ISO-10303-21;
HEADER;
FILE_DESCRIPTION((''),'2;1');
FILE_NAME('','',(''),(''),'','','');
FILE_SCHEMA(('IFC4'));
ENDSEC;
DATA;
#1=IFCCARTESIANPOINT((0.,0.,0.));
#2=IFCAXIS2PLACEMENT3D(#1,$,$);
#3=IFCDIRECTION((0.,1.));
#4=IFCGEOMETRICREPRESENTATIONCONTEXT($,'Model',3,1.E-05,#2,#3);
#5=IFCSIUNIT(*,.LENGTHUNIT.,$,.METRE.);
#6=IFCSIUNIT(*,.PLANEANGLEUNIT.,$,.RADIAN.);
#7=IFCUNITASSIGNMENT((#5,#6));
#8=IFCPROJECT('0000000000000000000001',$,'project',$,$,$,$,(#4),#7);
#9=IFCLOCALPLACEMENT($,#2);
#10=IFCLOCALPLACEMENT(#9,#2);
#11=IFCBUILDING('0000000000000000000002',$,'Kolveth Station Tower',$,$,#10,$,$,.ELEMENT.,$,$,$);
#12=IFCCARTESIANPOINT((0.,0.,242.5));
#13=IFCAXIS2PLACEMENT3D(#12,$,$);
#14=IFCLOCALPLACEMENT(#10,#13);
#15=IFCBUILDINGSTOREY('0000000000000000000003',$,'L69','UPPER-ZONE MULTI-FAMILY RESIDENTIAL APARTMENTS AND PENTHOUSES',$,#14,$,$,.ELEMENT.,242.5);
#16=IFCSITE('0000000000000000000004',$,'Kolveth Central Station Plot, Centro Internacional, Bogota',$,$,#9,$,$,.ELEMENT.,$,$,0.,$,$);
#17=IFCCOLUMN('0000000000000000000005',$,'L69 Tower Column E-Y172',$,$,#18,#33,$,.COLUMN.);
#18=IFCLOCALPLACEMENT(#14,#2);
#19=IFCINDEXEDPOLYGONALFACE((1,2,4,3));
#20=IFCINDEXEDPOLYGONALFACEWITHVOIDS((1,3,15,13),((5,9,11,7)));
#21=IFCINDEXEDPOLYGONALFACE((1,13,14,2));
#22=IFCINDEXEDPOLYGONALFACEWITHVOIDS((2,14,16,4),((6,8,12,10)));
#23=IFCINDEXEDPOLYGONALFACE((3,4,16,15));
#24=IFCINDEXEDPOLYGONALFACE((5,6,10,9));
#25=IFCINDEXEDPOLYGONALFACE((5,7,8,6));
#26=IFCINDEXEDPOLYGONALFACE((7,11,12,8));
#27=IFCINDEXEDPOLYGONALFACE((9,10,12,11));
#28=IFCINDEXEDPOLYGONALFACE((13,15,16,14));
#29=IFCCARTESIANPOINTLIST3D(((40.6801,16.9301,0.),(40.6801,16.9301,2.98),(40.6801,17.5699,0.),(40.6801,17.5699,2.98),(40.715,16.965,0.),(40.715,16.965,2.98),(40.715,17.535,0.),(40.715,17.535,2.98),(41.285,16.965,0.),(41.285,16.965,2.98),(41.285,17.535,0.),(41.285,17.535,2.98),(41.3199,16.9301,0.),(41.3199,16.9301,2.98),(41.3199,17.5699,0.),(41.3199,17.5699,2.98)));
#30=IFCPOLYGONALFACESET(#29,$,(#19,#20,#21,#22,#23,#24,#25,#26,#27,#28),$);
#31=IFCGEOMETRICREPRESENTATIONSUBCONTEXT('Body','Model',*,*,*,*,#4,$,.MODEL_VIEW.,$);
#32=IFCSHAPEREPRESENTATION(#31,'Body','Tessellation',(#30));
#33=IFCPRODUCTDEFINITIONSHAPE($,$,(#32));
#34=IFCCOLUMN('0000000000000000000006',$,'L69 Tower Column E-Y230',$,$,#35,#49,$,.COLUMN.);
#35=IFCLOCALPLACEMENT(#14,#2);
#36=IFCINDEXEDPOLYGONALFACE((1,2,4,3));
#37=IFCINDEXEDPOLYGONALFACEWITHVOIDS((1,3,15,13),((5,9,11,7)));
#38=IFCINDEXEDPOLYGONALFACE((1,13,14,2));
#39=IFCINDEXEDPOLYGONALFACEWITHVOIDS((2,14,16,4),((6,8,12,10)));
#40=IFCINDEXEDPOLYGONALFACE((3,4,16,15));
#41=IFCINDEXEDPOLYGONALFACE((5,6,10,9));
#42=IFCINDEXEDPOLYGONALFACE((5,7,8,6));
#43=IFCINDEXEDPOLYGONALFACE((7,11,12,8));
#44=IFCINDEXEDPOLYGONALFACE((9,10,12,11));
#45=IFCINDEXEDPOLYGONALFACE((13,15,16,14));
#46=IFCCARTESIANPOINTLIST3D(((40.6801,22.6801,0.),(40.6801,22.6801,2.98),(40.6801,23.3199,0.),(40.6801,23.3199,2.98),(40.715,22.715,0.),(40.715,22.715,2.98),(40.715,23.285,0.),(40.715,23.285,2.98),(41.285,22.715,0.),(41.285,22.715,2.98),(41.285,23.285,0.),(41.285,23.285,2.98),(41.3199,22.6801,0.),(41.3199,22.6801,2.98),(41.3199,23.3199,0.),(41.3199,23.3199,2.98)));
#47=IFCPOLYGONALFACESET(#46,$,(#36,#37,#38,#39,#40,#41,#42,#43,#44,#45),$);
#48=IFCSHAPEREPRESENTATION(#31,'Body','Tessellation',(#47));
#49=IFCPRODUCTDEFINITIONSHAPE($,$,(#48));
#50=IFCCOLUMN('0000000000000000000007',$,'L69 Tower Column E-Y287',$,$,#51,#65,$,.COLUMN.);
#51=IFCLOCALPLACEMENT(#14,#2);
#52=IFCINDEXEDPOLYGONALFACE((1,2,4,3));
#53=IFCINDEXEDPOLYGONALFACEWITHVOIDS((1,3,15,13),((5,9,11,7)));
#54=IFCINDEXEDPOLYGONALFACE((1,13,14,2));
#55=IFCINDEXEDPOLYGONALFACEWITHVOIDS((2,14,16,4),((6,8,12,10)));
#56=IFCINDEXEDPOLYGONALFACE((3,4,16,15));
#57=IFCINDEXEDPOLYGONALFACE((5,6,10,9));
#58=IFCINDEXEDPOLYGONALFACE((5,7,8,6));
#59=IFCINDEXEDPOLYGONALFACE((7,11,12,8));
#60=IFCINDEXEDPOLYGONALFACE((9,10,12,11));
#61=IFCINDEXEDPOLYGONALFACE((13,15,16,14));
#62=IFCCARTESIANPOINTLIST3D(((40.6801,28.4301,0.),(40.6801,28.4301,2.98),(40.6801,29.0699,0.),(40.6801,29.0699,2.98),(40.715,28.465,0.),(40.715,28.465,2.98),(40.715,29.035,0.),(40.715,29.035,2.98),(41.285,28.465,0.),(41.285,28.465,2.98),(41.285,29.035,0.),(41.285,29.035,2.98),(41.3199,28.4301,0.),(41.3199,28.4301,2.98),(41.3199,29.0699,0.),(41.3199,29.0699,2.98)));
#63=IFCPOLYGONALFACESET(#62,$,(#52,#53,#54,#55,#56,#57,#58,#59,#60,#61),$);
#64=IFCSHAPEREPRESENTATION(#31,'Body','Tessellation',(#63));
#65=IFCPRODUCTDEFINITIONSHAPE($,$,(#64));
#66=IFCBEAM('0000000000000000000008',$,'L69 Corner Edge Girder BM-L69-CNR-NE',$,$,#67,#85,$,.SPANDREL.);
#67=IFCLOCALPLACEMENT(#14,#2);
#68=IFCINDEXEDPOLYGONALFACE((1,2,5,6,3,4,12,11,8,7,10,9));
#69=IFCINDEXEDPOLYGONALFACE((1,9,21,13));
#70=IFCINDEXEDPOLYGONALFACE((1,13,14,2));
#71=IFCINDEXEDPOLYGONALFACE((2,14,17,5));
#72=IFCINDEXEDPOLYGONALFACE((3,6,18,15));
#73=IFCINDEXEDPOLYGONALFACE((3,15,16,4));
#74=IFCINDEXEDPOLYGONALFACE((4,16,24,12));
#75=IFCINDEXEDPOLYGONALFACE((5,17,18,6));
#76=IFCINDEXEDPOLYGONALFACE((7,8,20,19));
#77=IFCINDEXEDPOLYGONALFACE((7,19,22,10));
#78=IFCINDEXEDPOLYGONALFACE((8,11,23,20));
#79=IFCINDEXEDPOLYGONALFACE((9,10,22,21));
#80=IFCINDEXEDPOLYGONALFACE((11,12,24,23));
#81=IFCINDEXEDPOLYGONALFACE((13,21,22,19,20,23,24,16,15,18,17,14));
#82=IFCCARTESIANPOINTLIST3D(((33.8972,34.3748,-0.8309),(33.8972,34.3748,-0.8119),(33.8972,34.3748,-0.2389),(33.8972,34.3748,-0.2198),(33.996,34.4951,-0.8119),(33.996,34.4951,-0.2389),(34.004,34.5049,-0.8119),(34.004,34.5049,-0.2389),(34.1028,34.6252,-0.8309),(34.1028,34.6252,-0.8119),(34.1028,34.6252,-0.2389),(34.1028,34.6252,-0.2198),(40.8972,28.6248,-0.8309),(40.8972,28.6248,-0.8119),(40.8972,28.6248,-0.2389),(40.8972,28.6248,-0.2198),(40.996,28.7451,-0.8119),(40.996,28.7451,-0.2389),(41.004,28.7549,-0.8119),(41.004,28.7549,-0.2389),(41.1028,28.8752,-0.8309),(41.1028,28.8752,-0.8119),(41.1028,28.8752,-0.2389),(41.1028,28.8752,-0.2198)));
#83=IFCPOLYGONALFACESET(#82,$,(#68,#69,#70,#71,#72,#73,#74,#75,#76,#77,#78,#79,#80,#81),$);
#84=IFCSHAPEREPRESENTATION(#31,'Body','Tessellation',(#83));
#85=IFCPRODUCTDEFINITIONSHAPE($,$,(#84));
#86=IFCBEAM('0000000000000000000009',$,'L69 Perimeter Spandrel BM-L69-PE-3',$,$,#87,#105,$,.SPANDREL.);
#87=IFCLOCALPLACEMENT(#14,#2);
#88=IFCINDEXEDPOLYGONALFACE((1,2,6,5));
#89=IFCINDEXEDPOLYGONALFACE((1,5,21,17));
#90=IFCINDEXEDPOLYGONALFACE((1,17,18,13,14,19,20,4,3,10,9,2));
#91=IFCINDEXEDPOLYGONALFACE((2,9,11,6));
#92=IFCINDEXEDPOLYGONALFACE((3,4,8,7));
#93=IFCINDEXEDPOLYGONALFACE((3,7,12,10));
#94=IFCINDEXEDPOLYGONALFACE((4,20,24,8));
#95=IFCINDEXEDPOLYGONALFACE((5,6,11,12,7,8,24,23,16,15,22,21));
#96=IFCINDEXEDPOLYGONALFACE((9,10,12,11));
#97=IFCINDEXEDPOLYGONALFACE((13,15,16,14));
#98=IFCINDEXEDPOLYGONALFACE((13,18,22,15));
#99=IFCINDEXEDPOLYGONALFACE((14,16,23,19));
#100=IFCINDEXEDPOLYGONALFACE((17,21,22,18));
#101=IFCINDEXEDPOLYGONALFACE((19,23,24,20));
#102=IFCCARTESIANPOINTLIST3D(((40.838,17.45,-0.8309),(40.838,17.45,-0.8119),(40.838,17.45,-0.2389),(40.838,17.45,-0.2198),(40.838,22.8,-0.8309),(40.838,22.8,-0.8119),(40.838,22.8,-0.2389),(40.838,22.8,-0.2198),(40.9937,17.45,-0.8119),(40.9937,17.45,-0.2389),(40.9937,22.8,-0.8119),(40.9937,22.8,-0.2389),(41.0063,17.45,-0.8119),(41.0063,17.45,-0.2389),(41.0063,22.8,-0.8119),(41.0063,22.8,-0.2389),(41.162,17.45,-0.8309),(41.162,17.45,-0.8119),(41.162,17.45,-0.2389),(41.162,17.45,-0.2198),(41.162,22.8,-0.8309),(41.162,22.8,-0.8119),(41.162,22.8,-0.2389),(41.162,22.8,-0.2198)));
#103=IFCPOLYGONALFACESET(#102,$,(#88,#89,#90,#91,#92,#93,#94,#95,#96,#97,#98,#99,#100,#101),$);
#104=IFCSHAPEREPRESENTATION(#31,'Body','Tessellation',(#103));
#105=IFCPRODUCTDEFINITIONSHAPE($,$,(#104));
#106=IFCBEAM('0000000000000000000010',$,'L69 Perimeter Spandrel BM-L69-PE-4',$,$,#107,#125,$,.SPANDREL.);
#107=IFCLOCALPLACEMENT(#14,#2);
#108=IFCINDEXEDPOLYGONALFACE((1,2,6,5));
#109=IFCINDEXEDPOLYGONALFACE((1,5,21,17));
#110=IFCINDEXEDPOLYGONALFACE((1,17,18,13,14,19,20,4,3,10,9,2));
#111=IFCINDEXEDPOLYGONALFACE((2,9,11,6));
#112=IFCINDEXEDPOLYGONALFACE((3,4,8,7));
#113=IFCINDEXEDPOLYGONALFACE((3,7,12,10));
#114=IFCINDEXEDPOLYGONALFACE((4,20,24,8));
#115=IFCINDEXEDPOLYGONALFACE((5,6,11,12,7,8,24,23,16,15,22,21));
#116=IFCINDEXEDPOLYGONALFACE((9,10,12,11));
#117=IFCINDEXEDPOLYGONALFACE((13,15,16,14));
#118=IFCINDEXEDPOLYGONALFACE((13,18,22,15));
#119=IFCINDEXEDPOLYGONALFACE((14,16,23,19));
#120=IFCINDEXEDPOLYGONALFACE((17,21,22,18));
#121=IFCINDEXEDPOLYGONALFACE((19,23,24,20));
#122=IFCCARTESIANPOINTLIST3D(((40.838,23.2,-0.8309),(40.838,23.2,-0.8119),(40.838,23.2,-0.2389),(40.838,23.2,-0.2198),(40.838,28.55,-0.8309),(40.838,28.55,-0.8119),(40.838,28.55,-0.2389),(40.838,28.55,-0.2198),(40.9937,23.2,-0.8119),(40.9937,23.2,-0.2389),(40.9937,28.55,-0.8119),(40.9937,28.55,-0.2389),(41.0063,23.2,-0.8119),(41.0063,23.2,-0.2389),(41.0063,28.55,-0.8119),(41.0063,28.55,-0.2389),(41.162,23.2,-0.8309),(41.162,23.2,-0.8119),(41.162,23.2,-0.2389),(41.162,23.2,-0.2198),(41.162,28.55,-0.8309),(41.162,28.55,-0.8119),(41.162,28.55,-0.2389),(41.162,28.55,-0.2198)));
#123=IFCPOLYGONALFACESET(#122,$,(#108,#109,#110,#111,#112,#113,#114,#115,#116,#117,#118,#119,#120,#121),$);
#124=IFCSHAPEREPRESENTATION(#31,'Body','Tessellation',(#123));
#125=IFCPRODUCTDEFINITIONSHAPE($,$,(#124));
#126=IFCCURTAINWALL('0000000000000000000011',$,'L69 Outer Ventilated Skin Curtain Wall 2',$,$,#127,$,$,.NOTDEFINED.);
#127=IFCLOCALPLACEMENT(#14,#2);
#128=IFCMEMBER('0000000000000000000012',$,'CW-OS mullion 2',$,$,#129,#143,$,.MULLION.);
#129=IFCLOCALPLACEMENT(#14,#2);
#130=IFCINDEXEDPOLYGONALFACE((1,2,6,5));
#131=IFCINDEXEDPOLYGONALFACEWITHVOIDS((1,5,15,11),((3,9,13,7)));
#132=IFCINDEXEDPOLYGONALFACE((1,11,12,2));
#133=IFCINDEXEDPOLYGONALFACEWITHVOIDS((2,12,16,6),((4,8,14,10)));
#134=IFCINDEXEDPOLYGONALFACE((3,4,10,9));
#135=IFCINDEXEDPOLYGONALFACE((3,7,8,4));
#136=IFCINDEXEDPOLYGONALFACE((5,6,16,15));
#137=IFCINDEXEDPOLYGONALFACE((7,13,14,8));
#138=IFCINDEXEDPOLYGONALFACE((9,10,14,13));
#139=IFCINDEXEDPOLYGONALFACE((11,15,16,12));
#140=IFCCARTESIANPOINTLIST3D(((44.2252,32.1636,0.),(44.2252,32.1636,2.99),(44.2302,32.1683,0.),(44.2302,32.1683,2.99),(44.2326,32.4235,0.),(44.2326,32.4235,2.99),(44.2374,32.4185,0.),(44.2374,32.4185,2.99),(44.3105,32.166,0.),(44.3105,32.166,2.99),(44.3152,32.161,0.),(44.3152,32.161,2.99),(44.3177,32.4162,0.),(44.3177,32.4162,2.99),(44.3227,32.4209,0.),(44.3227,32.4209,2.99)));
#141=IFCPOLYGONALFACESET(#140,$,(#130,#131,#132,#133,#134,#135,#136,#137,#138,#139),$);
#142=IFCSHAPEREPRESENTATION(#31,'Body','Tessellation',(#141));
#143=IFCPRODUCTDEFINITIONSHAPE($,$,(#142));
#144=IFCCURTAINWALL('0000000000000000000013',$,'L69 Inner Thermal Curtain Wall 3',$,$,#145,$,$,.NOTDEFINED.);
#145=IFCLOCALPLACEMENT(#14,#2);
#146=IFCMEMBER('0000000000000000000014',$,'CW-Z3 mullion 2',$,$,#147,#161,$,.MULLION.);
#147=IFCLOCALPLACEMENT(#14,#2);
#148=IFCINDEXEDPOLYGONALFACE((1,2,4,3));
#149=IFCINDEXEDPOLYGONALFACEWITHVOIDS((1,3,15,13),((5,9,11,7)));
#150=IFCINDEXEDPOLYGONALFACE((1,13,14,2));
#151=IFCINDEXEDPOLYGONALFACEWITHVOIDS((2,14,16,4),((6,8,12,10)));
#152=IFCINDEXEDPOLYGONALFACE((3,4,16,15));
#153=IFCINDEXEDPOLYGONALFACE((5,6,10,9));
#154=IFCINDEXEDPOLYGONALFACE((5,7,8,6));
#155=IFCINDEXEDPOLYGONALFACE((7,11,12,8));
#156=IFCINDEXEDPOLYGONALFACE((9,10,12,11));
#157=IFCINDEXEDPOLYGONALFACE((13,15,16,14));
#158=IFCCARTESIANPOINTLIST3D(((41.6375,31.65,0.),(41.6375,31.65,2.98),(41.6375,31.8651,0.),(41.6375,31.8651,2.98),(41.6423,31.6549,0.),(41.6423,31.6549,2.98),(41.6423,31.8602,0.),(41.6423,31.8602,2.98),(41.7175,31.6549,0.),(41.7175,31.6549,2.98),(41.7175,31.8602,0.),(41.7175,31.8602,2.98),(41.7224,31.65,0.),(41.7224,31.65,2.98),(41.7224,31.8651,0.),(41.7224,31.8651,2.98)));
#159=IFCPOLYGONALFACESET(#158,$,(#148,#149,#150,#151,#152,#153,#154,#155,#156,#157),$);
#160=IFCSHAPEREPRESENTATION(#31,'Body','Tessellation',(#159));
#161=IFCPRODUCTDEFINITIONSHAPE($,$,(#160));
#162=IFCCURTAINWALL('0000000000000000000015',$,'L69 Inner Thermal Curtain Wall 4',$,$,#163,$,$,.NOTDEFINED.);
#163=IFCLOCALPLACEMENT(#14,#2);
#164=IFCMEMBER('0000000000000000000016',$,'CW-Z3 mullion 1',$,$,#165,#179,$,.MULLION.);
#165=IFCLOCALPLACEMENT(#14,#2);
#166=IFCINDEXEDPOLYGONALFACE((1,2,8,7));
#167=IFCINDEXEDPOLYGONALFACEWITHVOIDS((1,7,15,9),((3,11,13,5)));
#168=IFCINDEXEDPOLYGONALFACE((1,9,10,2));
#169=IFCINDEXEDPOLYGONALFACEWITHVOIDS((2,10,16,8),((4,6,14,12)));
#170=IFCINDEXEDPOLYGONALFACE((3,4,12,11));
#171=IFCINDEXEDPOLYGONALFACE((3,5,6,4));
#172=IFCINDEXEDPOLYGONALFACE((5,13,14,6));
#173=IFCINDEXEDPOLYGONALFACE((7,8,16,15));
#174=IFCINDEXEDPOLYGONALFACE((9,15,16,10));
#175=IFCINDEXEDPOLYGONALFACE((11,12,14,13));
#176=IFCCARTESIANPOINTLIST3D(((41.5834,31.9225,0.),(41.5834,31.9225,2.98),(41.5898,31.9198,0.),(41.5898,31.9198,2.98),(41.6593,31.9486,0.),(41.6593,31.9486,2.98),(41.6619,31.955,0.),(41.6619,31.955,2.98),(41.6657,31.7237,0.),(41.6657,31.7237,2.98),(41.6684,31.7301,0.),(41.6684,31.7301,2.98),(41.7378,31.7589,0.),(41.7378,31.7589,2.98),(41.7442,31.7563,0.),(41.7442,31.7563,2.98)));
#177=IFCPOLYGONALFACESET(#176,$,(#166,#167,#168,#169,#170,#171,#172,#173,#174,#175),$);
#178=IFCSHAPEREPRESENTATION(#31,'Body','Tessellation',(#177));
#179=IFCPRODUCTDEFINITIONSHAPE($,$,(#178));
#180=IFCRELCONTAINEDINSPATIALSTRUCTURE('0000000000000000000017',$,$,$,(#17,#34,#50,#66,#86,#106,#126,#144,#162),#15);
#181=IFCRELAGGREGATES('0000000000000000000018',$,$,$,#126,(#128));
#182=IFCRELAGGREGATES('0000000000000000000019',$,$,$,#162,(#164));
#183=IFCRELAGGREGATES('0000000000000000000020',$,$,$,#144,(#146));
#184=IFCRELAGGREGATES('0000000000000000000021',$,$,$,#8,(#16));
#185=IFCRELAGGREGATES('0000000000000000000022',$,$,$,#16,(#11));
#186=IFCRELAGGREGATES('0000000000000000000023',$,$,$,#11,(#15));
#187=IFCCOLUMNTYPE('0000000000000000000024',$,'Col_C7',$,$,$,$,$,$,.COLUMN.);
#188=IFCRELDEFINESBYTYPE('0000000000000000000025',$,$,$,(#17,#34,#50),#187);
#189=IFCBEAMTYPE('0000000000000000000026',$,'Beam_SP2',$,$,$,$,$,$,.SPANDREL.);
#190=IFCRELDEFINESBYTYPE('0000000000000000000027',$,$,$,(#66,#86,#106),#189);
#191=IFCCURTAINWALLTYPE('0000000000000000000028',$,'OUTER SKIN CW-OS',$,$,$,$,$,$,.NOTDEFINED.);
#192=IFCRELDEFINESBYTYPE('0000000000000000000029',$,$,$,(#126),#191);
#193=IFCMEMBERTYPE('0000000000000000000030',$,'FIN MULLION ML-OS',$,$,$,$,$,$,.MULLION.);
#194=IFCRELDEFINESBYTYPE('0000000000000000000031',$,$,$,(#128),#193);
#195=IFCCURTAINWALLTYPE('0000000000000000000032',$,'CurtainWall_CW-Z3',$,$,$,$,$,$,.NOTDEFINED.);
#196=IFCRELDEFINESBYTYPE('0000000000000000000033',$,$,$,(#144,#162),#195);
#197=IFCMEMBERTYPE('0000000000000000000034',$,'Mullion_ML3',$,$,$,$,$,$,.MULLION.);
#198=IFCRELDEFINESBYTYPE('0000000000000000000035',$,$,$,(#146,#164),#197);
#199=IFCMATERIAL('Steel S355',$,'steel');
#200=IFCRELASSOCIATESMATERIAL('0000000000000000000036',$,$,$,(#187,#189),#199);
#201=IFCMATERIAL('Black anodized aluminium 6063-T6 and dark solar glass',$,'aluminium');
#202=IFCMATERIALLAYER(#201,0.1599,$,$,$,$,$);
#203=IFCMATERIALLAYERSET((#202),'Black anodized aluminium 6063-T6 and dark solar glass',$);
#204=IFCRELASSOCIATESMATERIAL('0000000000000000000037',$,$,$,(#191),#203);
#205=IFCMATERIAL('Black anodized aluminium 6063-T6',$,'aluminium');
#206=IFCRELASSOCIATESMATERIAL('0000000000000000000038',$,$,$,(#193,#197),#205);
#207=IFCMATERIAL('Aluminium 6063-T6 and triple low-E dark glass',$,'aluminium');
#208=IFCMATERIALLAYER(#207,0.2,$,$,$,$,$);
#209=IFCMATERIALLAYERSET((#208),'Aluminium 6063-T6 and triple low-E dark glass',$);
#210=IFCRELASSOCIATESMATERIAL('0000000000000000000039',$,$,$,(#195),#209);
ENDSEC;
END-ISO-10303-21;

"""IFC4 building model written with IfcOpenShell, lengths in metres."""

from ifc_helpers import new_model, si_unit, direction, frame, origin, origin_2d, place, context, subcontext, project, spatial, hollow_rectangle, i_section, extrude, source, transform, mapped, material, layer, layer_set, material_profile, profile_set, type_object, element, aggregate, save


model = new_model("IFC4")

# Units and contexts
model_context = context("Model", 3, precision=1e-05, world=origin(), true_north=direction((0.0, 1.0)))
body_context = subcontext(model_context, "Body", "Model", "MODEL_VIEW")
ifc_project = project(units=[si_unit("LENGTHUNIT", "METRE"), si_unit("PLANEANGLEUNIT", "RADIAN")], contexts=[model_context])

# Site, building, storey
site_placement = place(None, origin())
site = spatial("IfcSite", under=ifc_project, at=site_placement, Name="Kolveth Central Station Plot, Centro Internacional, Bogota", CompositionType="ELEMENT", RefElevation=0.0)
building_placement = place(site_placement, origin())
building = spatial("IfcBuilding", under=site, at=building_placement, Name="Kolveth Station Tower", CompositionType="ELEMENT")
storey_placement = place(building_placement, frame((0.0, 0.0, 242.5)))
storey = spatial("IfcBuildingStorey", under=building, at=storey_placement, Name="L69", Description="UPPER-ZONE MULTI-FAMILY RESIDENTIAL APARTMENTS AND PENTHOUSES", CompositionType="ELEMENT", Elevation=242.5)

# Columns
ifc_material_1 = material(Name="Steel S355", Category="steel")
ifc_material_profile_1 = material_profile(ifc_material_1, hollow_rectangle(XDim=0.6399, YDim=0.6399, WallThickness=0.0349, at=origin_2d()), Name="BOX640x640x35")
ifc_profile_set_1 = profile_set([ifc_material_profile_1], Name="Steel S355")
column_type = type_object("IfcColumnType", Name="Col_C7", PredefinedType="COLUMN", material=ifc_profile_set_1)
shared_shape_1 = source(origin(), body_context, "Body", "SweptSolid", [
    extrude(hollow_rectangle(XDim=0.6399, YDim=0.6399, WallThickness=0.0349, at=origin_2d()), origin(), (0.0, 0.0, 1.0), 2.98),
])
for number, where, z_axis, x_axis, name in (
    (1, (41.0, 17.25, 0.0), (0.0, 0.0, 1.0), (1.0, 0.0, 0.0), "L69 Tower Column E-Y172"),
    (2, (41.0, 23.0, 0.0), (0.0, 0.0, 1.0), (1.0, 0.0, 0.0), "L69 Tower Column E-Y230"),
    (3, (41.0, 28.75, 0.0), (0.0, 0.0, 1.0), (1.0, 0.0, 0.0), "L69 Tower Column E-Y287"),
):
    element("IfcColumn", number, at=place(storey_placement, frame(where, z_axis=z_axis, x_axis=x_axis)), inside=storey, type_object=column_type, Name=name, PredefinedType="COLUMN", context=body_context, shape_type="MappedRepresentation", body=[
        mapped(shared_shape_1, transform((0.0, 0.0, 0.0), x_axis=(1.0, 0.0, 0.0), y_axis=(0.0, 1.0, 0.0), z_axis=(0.0, 0.0, 1.0), scale=1.0)),
    ])

# Beams
ifc_material_profile_2 = material_profile(ifc_material_1, i_section(OverallWidth=0.324, OverallDepth=0.6111, WebThickness=0.0127, FlangeThickness=0.019, at=origin_2d()), Name="W610x155")
ifc_profile_set_2 = profile_set([ifc_material_profile_2], Name="Steel S355")
beam_type = type_object("IfcBeamType", Name="Beam_SP2", PredefinedType="SPANDREL", material=ifc_profile_set_2)
shared_shape_2 = source(origin(), body_context, "Body", "SweptSolid", [
    extrude(i_section(OverallWidth=0.324, OverallDepth=0.6111, WebThickness=0.0127, FlangeThickness=0.019, at=origin_2d()), origin(), (0.0, 0.0, 1.0), 9.0588),
])
beam_placement = place(storey_placement, frame((41.0, 28.75, -0.5254), z_axis=(-0.772726, 0.634739, 0.0), x_axis=(-0.634739, -0.772726, 0.0)))
element("IfcBeam", 4, at=beam_placement, inside=storey, type_object=beam_type, Name="L69 Corner Edge Girder BM-L69-CNR-NE", PredefinedType="SPANDREL", context=body_context, shape_type="MappedRepresentation", body=[
    mapped(shared_shape_2, transform((0.0, 0.0, 0.0), x_axis=(1.0, 0.0, 0.0), y_axis=(0.0, 1.0, 0.0), z_axis=(0.0, 0.0, 1.0), scale=1.0)),
])
shared_shape_3 = source(origin(), body_context, "Body", "SweptSolid", [
    extrude(i_section(OverallWidth=0.324, OverallDepth=0.6111, WebThickness=0.0127, FlangeThickness=0.019, at=origin_2d()), origin(), (0.0, 0.0, 1.0), 5.3501),
])
for number, where, z_axis, x_axis, name in (
    (5, (41.0, 17.45, -0.5254), (0.0, 1.0, 0.0), (-1.0, 0.0, 0.0), "L69 Perimeter Spandrel BM-L69-PE-3"),
    (6, (41.0, 23.2, -0.5254), (0.0, 1.0, 0.0), (-1.0, 0.0, 0.0), "L69 Perimeter Spandrel BM-L69-PE-4"),
):
    element("IfcBeam", number, at=place(storey_placement, frame(where, z_axis=z_axis, x_axis=x_axis)), inside=storey, type_object=beam_type, Name=name, PredefinedType="SPANDREL", context=body_context, shape_type="MappedRepresentation", body=[
        mapped(shared_shape_3, transform((0.0, 0.0, 0.0), x_axis=(1.0, 0.0, 0.0), y_axis=(0.0, 1.0, 0.0), z_axis=(0.0, 0.0, 1.0), scale=1.0)),
    ])

# Curtain walls, members
ifc_material_2 = material(Name="Black anodized aluminium 6063-T6 and dark solar glass", Category="aluminium")
ifc_layer_1 = layer(ifc_material_2, 0.1599)
ifc_layer_set_1 = layer_set([ifc_layer_1], Name="Black anodized aluminium 6063-T6 and dark solar glass")
curtain_wall_type_1 = type_object("IfcCurtainWallType", Name="OUTER SKIN CW-OS", PredefinedType="NOTDEFINED", material=ifc_layer_set_1)
curtain_wall_1_placement = place(storey_placement, origin())
curtain_wall_1 = element("IfcCurtainWall", 7, at=curtain_wall_1_placement, inside=storey, type_object=curtain_wall_type_1, Name="L69 Outer Ventilated Skin Curtain Wall 2", PredefinedType="NOTDEFINED")
ifc_material_3 = material(Name="Black anodized aluminium 6063-T6", Category="aluminium")
ifc_material_profile_3 = material_profile(ifc_material_3, hollow_rectangle(XDim=0.0901, YDim=0.26, WallThickness=0.0049, at=origin_2d()), Name="ALU-90x260x5")
ifc_profile_set_3 = profile_set([ifc_material_profile_3], Name="Black anodized aluminium 6063-T6")
member_type_1 = type_object("IfcMemberType", Name="FIN MULLION ML-OS", PredefinedType="MULLION", material=ifc_profile_set_3)
shared_shape_4 = source(origin(), body_context, "Body", "SweptSolid", [
    extrude(hollow_rectangle(XDim=0.0901, YDim=0.26, WallThickness=0.0049, at=origin_2d()), origin(), (0.0, 0.0, 1.0), 2.99),
])
member_1_placement = place(storey_placement, frame((44.2739, 32.2922, 0.0), z_axis=(0.0, 0.0, 1.0), x_axis=(-0.999586, 0.028778, 0.0)))
member_1 = element("IfcMember", 8, at=member_1_placement, type_object=member_type_1, Name="CW-OS mullion 2", PredefinedType="MULLION", context=body_context, shape_type="MappedRepresentation", body=[
    mapped(shared_shape_4, transform((0.0, 0.0, 0.0), x_axis=(1.0, 0.0, 0.0), y_axis=(0.0, 1.0, 0.0), z_axis=(0.0, 0.0, 1.0), scale=1.0)),
])
aggregate(curtain_wall_1, [member_1])
ifc_material_4 = material(Name="Aluminium 6063-T6 and triple low-E dark glass", Category="aluminium")
ifc_layer_2 = layer(ifc_material_4, 0.2)
ifc_layer_set_2 = layer_set([ifc_layer_2], Name="Aluminium 6063-T6 and triple low-E dark glass")
curtain_wall_type_2 = type_object("IfcCurtainWallType", Name="CurtainWall_CW-Z3", PredefinedType="NOTDEFINED", material=ifc_layer_set_2)
curtain_wall_2_placement = place(storey_placement, origin())
curtain_wall_2 = element("IfcCurtainWall", 9, at=curtain_wall_2_placement, inside=storey, type_object=curtain_wall_type_2, Name="L69 Inner Thermal Curtain Wall 3", PredefinedType="NOTDEFINED")
ifc_material_profile_4 = material_profile(ifc_material_3, hollow_rectangle(XDim=0.085, YDim=0.2151, WallThickness=0.0049, at=origin_2d()), Name="ALU-85x215x5")
ifc_profile_set_4 = profile_set([ifc_material_profile_4], Name="Black anodized aluminium 6063-T6")
member_type_2 = type_object("IfcMemberType", Name="Mullion_ML3", PredefinedType="MULLION", material=ifc_profile_set_4)
shared_shape_5 = source(origin(), body_context, "Body", "SweptSolid", [
    extrude(hollow_rectangle(XDim=0.085, YDim=0.2151, WallThickness=0.0049, at=origin_2d()), origin(), (0.0, 0.0, 1.0), 2.98),
])
member_2_placement = place(storey_placement, frame((41.6799, 31.7576, 0.0), z_axis=(0.0, 0.0, 1.0), x_axis=(-1.0, 0.0, 0.0)))
member_2 = element("IfcMember", 10, at=member_2_placement, type_object=member_type_2, Name="CW-Z3 mullion 2", PredefinedType="MULLION", context=body_context, shape_type="MappedRepresentation", body=[
    mapped(shared_shape_5, transform((0.0, 0.0, 0.0), x_axis=(1.0, 0.0, 0.0), y_axis=(0.0, 1.0, 0.0), z_axis=(0.0, 0.0, 1.0), scale=1.0)),
])

# Curtain wall, member
curtain_wall_3_placement = place(storey_placement, origin())
curtain_wall_3 = element("IfcCurtainWall", 11, at=curtain_wall_3_placement, inside=storey, type_object=curtain_wall_type_2, Name="L69 Inner Thermal Curtain Wall 4", PredefinedType="NOTDEFINED")
member_3_placement = place(storey_placement, frame((41.6638, 31.8394, 0.0), z_axis=(0.0, 0.0, 1.0), x_axis=(-0.923875, -0.382693, 0.0)))
member_3 = element("IfcMember", 12, at=member_3_placement, type_object=member_type_2, Name="CW-Z3 mullion 1", PredefinedType="MULLION", context=body_context, shape_type="MappedRepresentation", body=[
    mapped(shared_shape_5, transform((0.0, 0.0, 0.0), x_axis=(1.0, 0.0, 0.0), y_axis=(0.0, 1.0, 0.0), z_axis=(0.0, 0.0, 1.0), scale=1.0)),
])
aggregate(curtain_wall_3, [member_3])

aggregate(curtain_wall_2, [member_2])

save(model, "model.ifc")
